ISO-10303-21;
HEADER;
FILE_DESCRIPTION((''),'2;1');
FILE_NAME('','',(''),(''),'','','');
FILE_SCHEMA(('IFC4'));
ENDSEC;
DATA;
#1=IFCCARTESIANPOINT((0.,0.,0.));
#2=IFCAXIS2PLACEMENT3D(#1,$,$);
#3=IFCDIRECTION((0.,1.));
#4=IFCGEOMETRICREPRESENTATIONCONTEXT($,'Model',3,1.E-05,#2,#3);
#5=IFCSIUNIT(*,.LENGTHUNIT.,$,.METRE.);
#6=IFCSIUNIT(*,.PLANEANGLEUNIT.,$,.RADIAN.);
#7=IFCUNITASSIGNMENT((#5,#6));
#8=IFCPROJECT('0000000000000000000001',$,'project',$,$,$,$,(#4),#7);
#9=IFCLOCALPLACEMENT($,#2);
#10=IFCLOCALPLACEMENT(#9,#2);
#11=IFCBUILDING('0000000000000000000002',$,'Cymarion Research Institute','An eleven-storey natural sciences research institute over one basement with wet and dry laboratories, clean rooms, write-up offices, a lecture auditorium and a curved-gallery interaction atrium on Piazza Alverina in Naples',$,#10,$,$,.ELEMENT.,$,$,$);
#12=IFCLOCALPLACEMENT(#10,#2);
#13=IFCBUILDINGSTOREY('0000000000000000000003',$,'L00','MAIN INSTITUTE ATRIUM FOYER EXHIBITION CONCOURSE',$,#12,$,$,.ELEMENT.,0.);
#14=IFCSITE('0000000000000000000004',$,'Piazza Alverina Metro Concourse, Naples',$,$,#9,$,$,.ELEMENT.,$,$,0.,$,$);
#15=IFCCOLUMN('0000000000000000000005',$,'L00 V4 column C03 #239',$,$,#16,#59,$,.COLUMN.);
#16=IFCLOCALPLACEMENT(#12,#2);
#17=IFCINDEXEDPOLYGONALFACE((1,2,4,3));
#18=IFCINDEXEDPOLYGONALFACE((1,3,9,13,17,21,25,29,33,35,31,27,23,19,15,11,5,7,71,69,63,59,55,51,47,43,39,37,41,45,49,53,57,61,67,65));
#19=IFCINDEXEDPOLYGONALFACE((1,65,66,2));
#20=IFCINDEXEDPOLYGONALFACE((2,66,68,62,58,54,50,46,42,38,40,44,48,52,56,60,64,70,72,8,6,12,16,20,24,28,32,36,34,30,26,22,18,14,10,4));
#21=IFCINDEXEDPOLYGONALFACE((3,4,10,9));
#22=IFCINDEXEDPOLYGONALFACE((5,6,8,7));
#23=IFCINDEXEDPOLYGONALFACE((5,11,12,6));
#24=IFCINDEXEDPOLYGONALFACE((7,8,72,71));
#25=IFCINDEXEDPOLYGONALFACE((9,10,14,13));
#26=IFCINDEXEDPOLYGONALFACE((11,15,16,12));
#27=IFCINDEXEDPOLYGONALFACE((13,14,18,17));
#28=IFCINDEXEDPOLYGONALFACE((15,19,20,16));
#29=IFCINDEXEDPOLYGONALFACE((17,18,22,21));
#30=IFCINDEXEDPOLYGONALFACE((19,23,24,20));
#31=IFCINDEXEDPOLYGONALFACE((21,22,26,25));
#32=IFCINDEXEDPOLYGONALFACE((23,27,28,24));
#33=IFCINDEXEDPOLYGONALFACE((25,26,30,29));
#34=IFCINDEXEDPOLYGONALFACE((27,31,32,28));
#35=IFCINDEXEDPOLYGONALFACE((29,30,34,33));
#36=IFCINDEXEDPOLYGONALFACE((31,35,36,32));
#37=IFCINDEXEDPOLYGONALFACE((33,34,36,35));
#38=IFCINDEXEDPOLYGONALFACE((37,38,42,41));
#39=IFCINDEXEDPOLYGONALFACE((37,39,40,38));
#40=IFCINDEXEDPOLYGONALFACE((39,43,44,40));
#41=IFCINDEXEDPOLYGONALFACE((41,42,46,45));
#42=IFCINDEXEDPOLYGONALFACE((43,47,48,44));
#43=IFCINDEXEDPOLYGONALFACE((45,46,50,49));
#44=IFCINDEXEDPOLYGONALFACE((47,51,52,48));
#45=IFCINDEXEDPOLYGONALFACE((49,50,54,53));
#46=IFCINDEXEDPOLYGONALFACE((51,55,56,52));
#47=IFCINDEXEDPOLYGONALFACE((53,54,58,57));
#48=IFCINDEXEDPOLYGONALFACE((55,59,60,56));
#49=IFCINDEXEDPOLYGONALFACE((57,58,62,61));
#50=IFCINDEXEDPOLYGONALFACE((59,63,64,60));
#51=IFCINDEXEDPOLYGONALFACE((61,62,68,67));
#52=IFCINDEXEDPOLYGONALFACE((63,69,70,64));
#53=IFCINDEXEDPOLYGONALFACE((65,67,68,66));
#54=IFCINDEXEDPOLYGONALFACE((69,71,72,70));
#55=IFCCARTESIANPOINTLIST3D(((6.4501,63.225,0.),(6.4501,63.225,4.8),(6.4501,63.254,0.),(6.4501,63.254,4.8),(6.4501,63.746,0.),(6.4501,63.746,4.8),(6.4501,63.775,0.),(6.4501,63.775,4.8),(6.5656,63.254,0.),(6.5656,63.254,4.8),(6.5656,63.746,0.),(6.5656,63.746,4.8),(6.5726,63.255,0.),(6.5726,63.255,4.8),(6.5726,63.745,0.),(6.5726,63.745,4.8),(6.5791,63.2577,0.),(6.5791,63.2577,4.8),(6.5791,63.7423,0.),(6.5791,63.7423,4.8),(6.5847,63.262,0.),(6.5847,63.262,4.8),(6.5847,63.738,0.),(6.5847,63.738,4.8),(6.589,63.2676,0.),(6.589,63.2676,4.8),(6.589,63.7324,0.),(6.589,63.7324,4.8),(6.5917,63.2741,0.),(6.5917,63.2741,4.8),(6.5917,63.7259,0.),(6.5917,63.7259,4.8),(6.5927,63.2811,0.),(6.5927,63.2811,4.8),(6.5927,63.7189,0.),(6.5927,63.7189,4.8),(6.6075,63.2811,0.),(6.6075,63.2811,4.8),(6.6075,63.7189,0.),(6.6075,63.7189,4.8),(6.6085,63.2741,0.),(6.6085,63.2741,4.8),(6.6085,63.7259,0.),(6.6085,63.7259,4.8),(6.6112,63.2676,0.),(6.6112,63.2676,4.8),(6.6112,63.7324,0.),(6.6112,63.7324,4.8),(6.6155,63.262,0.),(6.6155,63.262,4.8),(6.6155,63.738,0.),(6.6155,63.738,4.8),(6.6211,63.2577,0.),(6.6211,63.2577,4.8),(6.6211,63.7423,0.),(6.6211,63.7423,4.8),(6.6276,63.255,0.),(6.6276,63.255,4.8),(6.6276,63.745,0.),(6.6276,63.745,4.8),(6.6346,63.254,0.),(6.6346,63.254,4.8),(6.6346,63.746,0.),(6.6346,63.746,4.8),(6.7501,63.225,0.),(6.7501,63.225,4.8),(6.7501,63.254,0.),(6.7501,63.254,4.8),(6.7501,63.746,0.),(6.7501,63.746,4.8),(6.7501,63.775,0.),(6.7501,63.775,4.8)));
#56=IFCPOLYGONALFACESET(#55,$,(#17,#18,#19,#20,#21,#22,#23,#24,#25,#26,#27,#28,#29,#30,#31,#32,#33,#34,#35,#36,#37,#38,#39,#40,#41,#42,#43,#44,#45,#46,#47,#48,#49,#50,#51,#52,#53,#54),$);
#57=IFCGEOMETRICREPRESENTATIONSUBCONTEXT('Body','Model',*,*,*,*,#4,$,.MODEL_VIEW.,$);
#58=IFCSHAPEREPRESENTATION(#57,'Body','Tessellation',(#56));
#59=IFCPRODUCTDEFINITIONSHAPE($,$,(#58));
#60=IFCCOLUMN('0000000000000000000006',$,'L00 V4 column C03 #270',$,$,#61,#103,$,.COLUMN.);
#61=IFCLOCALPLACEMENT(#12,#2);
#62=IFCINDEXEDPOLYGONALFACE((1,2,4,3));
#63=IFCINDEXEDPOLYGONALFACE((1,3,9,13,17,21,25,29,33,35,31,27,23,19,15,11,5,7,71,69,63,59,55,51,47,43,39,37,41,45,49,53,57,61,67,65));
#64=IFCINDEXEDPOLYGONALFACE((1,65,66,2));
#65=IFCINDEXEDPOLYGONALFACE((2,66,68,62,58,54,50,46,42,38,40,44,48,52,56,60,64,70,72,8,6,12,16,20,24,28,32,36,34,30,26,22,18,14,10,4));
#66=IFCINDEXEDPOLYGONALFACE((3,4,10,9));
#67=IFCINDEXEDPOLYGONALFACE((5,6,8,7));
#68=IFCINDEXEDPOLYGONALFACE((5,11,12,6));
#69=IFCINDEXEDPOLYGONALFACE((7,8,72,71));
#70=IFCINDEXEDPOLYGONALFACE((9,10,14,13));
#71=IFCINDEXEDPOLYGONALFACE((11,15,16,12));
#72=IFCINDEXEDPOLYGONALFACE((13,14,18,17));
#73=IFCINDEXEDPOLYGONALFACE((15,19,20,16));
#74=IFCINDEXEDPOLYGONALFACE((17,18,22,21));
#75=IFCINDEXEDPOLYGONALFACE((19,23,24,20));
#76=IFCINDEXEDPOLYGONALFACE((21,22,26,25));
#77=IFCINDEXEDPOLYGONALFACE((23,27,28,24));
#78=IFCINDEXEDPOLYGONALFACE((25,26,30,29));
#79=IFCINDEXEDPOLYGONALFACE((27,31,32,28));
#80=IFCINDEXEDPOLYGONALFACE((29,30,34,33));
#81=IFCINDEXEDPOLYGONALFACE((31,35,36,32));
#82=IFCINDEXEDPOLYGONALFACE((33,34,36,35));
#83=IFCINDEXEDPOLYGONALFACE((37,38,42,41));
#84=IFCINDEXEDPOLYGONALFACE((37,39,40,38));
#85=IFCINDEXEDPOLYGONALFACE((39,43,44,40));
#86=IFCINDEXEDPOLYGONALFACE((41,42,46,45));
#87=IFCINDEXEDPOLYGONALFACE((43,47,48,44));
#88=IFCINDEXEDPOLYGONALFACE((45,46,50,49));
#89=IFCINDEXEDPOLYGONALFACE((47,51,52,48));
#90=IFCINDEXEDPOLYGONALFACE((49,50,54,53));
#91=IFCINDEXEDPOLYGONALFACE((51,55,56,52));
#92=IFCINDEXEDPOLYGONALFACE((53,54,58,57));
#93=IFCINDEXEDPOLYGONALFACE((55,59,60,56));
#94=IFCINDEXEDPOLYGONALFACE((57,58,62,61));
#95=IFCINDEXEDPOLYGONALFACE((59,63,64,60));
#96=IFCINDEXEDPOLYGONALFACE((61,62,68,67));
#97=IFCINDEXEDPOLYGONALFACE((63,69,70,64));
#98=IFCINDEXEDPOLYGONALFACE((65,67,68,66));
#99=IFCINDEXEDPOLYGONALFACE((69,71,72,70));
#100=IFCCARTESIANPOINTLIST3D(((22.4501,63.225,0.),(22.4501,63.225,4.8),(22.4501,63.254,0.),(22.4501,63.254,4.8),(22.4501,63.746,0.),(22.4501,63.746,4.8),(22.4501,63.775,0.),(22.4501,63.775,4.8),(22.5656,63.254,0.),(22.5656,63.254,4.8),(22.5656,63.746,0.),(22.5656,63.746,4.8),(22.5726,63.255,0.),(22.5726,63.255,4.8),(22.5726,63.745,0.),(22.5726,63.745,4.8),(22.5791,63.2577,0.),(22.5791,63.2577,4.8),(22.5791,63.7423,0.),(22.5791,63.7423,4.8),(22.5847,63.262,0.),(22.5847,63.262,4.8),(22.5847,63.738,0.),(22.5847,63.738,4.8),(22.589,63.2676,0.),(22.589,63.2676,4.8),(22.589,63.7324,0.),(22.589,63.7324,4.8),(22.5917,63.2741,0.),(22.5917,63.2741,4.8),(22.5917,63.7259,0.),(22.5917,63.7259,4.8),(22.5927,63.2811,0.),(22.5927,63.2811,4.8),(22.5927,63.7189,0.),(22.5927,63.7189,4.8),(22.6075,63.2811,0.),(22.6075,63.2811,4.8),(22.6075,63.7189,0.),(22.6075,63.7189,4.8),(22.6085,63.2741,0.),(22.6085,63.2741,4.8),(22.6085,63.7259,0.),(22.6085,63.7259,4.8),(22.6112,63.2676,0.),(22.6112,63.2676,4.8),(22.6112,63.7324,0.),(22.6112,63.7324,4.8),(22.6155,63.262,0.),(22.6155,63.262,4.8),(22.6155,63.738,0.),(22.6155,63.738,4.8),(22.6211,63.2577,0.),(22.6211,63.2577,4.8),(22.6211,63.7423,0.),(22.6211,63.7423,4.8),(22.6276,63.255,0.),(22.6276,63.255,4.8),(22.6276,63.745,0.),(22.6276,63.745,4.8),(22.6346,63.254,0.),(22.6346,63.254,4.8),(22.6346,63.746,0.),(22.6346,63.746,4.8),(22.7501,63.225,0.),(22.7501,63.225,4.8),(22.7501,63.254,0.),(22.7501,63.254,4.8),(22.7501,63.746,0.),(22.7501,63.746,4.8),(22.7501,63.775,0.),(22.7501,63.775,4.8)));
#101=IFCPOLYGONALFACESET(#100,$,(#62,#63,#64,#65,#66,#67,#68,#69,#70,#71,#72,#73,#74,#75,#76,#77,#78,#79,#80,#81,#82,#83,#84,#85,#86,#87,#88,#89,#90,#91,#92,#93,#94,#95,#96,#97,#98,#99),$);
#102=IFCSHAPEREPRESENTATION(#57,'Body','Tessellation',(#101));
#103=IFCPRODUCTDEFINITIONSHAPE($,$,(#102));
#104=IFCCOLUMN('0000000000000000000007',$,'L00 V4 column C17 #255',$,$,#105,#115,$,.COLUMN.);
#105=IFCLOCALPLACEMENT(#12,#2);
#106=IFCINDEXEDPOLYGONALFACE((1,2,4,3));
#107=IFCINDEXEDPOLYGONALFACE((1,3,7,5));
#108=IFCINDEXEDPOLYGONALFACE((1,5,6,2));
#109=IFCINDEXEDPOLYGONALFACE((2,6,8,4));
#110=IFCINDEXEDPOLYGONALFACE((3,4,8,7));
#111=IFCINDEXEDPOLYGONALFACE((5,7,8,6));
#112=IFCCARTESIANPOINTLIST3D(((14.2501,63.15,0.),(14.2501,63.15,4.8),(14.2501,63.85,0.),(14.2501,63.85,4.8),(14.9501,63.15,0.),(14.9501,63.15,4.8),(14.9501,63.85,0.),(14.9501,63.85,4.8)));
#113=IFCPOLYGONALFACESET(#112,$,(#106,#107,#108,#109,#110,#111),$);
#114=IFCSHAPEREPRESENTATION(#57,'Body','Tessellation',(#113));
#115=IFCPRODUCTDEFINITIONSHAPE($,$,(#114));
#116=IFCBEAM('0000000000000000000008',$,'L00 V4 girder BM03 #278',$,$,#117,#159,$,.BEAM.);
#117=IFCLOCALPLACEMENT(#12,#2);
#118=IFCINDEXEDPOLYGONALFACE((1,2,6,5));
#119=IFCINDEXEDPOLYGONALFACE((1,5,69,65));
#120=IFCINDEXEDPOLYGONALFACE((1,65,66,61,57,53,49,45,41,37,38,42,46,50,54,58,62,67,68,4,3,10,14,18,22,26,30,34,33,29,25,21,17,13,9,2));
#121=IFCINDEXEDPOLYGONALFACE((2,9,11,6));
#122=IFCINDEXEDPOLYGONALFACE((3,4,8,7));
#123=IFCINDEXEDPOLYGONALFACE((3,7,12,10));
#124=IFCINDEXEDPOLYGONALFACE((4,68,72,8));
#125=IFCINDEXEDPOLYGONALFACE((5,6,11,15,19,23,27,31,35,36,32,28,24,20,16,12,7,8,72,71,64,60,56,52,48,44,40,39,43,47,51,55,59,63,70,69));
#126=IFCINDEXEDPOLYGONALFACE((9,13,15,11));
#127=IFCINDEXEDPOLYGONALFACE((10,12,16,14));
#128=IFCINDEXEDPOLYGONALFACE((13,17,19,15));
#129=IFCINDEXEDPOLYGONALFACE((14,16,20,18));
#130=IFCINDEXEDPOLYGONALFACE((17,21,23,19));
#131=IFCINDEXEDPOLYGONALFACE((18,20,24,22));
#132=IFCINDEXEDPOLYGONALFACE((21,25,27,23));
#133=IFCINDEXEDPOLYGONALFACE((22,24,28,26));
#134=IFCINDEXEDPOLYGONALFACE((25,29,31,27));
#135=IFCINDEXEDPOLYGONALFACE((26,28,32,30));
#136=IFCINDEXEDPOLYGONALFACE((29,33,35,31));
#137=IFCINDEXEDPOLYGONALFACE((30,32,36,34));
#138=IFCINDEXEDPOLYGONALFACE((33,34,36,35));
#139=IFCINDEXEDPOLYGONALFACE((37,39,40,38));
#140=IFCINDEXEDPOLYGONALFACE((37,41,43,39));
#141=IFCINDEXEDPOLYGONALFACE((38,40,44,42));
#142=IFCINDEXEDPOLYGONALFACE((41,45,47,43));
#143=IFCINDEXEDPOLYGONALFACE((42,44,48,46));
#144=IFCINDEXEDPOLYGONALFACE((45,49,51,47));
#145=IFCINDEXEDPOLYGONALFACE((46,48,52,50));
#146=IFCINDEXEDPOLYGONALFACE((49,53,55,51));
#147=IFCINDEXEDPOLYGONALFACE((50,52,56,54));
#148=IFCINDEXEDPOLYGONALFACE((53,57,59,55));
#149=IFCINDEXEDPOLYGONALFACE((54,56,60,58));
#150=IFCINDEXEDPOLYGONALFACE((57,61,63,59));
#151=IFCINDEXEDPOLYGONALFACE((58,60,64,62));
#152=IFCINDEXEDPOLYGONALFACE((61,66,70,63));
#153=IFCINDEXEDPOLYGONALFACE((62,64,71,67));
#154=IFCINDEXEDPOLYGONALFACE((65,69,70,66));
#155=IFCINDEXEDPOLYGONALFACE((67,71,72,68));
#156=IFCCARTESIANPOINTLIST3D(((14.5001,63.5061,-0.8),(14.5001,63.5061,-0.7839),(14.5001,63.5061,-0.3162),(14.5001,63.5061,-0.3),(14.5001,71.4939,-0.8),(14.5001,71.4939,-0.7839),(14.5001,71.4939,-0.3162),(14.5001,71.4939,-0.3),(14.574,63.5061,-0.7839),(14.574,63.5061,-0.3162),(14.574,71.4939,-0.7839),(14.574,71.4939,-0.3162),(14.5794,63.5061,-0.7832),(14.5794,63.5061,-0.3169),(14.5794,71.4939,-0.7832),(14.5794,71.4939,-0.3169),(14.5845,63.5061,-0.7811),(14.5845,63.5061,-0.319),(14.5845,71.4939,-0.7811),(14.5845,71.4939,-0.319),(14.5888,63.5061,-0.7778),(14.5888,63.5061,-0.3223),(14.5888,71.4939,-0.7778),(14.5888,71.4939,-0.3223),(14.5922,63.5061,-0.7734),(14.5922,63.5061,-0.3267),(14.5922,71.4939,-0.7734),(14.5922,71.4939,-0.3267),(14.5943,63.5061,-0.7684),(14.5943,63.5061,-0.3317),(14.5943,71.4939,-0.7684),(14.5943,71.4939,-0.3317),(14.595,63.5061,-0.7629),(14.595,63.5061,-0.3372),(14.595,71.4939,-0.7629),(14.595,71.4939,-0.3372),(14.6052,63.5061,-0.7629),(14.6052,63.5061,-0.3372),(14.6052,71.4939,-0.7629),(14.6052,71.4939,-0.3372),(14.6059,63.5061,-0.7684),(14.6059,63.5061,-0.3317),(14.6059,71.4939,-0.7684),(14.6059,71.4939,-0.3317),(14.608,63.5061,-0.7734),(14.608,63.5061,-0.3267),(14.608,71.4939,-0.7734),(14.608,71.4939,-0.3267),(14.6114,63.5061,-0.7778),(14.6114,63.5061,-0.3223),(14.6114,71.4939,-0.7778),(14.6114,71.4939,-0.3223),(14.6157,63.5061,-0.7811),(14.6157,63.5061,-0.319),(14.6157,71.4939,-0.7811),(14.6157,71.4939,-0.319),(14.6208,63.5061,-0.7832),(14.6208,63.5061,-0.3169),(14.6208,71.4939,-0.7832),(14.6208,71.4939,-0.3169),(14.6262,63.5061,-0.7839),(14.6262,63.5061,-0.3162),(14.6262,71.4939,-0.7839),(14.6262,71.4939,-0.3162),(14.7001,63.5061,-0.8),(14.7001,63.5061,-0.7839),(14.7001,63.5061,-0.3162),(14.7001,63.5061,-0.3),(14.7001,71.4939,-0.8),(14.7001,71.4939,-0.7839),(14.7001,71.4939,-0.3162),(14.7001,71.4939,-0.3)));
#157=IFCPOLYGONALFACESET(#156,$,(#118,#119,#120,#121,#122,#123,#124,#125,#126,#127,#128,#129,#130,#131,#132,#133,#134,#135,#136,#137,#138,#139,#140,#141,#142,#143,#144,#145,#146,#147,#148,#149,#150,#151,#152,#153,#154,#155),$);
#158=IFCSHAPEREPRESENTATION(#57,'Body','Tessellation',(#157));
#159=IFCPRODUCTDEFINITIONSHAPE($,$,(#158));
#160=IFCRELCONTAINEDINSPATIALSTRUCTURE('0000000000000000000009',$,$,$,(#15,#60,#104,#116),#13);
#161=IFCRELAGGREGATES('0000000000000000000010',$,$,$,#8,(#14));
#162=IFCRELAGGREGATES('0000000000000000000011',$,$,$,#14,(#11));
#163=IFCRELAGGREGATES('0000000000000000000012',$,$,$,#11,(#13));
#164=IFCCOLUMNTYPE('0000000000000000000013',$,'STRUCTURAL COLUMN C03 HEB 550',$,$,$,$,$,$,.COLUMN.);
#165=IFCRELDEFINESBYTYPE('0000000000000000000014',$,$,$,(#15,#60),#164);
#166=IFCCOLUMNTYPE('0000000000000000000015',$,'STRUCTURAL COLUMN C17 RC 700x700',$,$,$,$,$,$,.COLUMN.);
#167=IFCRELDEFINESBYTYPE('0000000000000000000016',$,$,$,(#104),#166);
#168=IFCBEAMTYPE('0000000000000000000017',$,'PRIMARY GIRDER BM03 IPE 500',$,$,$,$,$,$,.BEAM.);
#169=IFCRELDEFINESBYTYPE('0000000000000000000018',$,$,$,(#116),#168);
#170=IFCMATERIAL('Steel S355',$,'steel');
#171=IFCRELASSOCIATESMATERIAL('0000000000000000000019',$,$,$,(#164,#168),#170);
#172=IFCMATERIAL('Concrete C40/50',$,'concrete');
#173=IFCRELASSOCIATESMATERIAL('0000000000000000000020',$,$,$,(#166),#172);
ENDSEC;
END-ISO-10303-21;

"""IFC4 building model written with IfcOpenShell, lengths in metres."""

from ifc_helpers import new_model, si_unit, direction, frame, origin, origin_2d, place, context, subcontext, project, spatial, rectangle, i_section, extrude, material, material_profile, profile_set, type_object, element, save


model = new_model("IFC4")

# Units and contexts
model_context = context("Model", 3, precision=1e-05, world=origin(), true_north=direction((0.0, 1.0)))
body_context = subcontext(model_context, "Body", "Model", "MODEL_VIEW")
ifc_project = project(units=[si_unit("LENGTHUNIT", "METRE"), si_unit("PLANEANGLEUNIT", "RADIAN")], contexts=[model_context])

# Site, building, storey
site_placement = place(None, origin())
site = spatial("IfcSite", under=ifc_project, at=site_placement, Name="Piazza Alverina Metro Concourse, Naples", CompositionType="ELEMENT", RefElevation=0.0)
building_placement = place(site_placement, origin())
building = spatial("IfcBuilding", under=site, at=building_placement, Name="Cymarion Research Institute", Description="An eleven-storey natural sciences research institute over one basement with wet and dry laboratories, clean rooms, write-up offices, a lecture auditorium and a curved-gallery interaction atrium on Piazza Alverina in Naples", CompositionType="ELEMENT")
storey_placement = place(building_placement, origin())
storey = spatial("IfcBuildingStorey", under=building, at=storey_placement, Name="L00", Description="MAIN INSTITUTE ATRIUM FOYER EXHIBITION CONCOURSE", CompositionType="ELEMENT", Elevation=0.0)

# Columns
ifc_material_1 = material(Name="Steel S355", Category="steel")
ifc_material_profile_1 = material_profile(ifc_material_1, i_section(OverallWidth=0.3, OverallDepth=0.55, WebThickness=0.0149, FlangeThickness=0.0291, FilletRadius=0.0271, at=origin_2d()), Name="HEB 550")
ifc_profile_set_1 = profile_set([ifc_material_profile_1], Name="Steel S355")
column_type_1 = type_object("IfcColumnType", Name="STRUCTURAL COLUMN C03 HEB 550", PredefinedType="COLUMN", material=ifc_profile_set_1)
for number, where, z_axis, x_axis, name in (
    (1, (6.6001, 63.5, 0.0), (0.0, 0.0, 1.0), (1.0, 0.0, 0.0), "L00 V4 column C03 #239"),
    (2, (22.6001, 63.5, 0.0), (0.0, 0.0, 1.0), (1.0, 0.0, 0.0), "L00 V4 column C03 #270"),
):
    element("IfcColumn", number, at=place(storey_placement, frame(where, z_axis=z_axis, x_axis=x_axis)), inside=storey, type_object=column_type_1, Name=name, PredefinedType="COLUMN", context=body_context, shape_type="SweptSolid", body=[
        extrude(i_section(OverallWidth=0.3, OverallDepth=0.55, WebThickness=0.0149, FlangeThickness=0.0291, FilletRadius=0.0271, at=origin_2d()), origin(), (0.0, 0.0, 1.0), 4.8),
    ])
ifc_material_2 = material(Name="Concrete C40/50", Category="concrete")
ifc_material_profile_2 = material_profile(ifc_material_2, rectangle(XDim=0.7, YDim=0.7, at=origin_2d()), Name="RC 700x700")
ifc_profile_set_2 = profile_set([ifc_material_profile_2], Name="Concrete C40/50")
column_type_2 = type_object("IfcColumnType", Name="STRUCTURAL COLUMN C17 RC 700x700", PredefinedType="COLUMN", material=ifc_profile_set_2)
column_placement = place(storey_placement, frame((14.6001, 63.5, 0.0), z_axis=(0.0, 0.0, 1.0), x_axis=(1.0, 0.0, 0.0)))
element("IfcColumn", 3, at=column_placement, inside=storey, type_object=column_type_2, Name="L00 V4 column C17 #255", PredefinedType="COLUMN", context=body_context, shape_type="SweptSolid", body=[
    extrude(rectangle(XDim=0.7, YDim=0.7, at=origin_2d()), origin(), (0.0, 0.0, 1.0), 4.8),
])

# Beam
ifc_material_profile_3 = material_profile(ifc_material_1, i_section(OverallWidth=0.2, OverallDepth=0.5, WebThickness=0.0103, FlangeThickness=0.0161, FilletRadius=0.021, at=origin_2d()), Name="IPE 500")
ifc_profile_set_3 = profile_set([ifc_material_profile_3], Name="Steel S355")
beam_type_1 = type_object("IfcBeamType", Name="PRIMARY GIRDER BM03 IPE 500", PredefinedType="BEAM", material=ifc_profile_set_3)
for number, where, z_axis, x_axis, name in (
    (4, (14.6001, 63.5061, -0.55), (0.0, 1.0, 0.0), (-1.0, 0.0, 0.0), "L00 V4 girder BM03 #278"),
):
    element("IfcBeam", number, at=place(storey_placement, frame(where, z_axis=z_axis, x_axis=x_axis)), inside=storey, type_object=beam_type_1, Name=name, PredefinedType="BEAM", context=body_context, shape_type="SweptSolid", body=[
        extrude(i_section(OverallWidth=0.2, OverallDepth=0.5, WebThickness=0.0103, FlangeThickness=0.0161, FilletRadius=0.021, at=origin_2d()), origin(), (0.0, 0.0, 1.0), 7.9878),
    ])

save(model, "model.ifc")
